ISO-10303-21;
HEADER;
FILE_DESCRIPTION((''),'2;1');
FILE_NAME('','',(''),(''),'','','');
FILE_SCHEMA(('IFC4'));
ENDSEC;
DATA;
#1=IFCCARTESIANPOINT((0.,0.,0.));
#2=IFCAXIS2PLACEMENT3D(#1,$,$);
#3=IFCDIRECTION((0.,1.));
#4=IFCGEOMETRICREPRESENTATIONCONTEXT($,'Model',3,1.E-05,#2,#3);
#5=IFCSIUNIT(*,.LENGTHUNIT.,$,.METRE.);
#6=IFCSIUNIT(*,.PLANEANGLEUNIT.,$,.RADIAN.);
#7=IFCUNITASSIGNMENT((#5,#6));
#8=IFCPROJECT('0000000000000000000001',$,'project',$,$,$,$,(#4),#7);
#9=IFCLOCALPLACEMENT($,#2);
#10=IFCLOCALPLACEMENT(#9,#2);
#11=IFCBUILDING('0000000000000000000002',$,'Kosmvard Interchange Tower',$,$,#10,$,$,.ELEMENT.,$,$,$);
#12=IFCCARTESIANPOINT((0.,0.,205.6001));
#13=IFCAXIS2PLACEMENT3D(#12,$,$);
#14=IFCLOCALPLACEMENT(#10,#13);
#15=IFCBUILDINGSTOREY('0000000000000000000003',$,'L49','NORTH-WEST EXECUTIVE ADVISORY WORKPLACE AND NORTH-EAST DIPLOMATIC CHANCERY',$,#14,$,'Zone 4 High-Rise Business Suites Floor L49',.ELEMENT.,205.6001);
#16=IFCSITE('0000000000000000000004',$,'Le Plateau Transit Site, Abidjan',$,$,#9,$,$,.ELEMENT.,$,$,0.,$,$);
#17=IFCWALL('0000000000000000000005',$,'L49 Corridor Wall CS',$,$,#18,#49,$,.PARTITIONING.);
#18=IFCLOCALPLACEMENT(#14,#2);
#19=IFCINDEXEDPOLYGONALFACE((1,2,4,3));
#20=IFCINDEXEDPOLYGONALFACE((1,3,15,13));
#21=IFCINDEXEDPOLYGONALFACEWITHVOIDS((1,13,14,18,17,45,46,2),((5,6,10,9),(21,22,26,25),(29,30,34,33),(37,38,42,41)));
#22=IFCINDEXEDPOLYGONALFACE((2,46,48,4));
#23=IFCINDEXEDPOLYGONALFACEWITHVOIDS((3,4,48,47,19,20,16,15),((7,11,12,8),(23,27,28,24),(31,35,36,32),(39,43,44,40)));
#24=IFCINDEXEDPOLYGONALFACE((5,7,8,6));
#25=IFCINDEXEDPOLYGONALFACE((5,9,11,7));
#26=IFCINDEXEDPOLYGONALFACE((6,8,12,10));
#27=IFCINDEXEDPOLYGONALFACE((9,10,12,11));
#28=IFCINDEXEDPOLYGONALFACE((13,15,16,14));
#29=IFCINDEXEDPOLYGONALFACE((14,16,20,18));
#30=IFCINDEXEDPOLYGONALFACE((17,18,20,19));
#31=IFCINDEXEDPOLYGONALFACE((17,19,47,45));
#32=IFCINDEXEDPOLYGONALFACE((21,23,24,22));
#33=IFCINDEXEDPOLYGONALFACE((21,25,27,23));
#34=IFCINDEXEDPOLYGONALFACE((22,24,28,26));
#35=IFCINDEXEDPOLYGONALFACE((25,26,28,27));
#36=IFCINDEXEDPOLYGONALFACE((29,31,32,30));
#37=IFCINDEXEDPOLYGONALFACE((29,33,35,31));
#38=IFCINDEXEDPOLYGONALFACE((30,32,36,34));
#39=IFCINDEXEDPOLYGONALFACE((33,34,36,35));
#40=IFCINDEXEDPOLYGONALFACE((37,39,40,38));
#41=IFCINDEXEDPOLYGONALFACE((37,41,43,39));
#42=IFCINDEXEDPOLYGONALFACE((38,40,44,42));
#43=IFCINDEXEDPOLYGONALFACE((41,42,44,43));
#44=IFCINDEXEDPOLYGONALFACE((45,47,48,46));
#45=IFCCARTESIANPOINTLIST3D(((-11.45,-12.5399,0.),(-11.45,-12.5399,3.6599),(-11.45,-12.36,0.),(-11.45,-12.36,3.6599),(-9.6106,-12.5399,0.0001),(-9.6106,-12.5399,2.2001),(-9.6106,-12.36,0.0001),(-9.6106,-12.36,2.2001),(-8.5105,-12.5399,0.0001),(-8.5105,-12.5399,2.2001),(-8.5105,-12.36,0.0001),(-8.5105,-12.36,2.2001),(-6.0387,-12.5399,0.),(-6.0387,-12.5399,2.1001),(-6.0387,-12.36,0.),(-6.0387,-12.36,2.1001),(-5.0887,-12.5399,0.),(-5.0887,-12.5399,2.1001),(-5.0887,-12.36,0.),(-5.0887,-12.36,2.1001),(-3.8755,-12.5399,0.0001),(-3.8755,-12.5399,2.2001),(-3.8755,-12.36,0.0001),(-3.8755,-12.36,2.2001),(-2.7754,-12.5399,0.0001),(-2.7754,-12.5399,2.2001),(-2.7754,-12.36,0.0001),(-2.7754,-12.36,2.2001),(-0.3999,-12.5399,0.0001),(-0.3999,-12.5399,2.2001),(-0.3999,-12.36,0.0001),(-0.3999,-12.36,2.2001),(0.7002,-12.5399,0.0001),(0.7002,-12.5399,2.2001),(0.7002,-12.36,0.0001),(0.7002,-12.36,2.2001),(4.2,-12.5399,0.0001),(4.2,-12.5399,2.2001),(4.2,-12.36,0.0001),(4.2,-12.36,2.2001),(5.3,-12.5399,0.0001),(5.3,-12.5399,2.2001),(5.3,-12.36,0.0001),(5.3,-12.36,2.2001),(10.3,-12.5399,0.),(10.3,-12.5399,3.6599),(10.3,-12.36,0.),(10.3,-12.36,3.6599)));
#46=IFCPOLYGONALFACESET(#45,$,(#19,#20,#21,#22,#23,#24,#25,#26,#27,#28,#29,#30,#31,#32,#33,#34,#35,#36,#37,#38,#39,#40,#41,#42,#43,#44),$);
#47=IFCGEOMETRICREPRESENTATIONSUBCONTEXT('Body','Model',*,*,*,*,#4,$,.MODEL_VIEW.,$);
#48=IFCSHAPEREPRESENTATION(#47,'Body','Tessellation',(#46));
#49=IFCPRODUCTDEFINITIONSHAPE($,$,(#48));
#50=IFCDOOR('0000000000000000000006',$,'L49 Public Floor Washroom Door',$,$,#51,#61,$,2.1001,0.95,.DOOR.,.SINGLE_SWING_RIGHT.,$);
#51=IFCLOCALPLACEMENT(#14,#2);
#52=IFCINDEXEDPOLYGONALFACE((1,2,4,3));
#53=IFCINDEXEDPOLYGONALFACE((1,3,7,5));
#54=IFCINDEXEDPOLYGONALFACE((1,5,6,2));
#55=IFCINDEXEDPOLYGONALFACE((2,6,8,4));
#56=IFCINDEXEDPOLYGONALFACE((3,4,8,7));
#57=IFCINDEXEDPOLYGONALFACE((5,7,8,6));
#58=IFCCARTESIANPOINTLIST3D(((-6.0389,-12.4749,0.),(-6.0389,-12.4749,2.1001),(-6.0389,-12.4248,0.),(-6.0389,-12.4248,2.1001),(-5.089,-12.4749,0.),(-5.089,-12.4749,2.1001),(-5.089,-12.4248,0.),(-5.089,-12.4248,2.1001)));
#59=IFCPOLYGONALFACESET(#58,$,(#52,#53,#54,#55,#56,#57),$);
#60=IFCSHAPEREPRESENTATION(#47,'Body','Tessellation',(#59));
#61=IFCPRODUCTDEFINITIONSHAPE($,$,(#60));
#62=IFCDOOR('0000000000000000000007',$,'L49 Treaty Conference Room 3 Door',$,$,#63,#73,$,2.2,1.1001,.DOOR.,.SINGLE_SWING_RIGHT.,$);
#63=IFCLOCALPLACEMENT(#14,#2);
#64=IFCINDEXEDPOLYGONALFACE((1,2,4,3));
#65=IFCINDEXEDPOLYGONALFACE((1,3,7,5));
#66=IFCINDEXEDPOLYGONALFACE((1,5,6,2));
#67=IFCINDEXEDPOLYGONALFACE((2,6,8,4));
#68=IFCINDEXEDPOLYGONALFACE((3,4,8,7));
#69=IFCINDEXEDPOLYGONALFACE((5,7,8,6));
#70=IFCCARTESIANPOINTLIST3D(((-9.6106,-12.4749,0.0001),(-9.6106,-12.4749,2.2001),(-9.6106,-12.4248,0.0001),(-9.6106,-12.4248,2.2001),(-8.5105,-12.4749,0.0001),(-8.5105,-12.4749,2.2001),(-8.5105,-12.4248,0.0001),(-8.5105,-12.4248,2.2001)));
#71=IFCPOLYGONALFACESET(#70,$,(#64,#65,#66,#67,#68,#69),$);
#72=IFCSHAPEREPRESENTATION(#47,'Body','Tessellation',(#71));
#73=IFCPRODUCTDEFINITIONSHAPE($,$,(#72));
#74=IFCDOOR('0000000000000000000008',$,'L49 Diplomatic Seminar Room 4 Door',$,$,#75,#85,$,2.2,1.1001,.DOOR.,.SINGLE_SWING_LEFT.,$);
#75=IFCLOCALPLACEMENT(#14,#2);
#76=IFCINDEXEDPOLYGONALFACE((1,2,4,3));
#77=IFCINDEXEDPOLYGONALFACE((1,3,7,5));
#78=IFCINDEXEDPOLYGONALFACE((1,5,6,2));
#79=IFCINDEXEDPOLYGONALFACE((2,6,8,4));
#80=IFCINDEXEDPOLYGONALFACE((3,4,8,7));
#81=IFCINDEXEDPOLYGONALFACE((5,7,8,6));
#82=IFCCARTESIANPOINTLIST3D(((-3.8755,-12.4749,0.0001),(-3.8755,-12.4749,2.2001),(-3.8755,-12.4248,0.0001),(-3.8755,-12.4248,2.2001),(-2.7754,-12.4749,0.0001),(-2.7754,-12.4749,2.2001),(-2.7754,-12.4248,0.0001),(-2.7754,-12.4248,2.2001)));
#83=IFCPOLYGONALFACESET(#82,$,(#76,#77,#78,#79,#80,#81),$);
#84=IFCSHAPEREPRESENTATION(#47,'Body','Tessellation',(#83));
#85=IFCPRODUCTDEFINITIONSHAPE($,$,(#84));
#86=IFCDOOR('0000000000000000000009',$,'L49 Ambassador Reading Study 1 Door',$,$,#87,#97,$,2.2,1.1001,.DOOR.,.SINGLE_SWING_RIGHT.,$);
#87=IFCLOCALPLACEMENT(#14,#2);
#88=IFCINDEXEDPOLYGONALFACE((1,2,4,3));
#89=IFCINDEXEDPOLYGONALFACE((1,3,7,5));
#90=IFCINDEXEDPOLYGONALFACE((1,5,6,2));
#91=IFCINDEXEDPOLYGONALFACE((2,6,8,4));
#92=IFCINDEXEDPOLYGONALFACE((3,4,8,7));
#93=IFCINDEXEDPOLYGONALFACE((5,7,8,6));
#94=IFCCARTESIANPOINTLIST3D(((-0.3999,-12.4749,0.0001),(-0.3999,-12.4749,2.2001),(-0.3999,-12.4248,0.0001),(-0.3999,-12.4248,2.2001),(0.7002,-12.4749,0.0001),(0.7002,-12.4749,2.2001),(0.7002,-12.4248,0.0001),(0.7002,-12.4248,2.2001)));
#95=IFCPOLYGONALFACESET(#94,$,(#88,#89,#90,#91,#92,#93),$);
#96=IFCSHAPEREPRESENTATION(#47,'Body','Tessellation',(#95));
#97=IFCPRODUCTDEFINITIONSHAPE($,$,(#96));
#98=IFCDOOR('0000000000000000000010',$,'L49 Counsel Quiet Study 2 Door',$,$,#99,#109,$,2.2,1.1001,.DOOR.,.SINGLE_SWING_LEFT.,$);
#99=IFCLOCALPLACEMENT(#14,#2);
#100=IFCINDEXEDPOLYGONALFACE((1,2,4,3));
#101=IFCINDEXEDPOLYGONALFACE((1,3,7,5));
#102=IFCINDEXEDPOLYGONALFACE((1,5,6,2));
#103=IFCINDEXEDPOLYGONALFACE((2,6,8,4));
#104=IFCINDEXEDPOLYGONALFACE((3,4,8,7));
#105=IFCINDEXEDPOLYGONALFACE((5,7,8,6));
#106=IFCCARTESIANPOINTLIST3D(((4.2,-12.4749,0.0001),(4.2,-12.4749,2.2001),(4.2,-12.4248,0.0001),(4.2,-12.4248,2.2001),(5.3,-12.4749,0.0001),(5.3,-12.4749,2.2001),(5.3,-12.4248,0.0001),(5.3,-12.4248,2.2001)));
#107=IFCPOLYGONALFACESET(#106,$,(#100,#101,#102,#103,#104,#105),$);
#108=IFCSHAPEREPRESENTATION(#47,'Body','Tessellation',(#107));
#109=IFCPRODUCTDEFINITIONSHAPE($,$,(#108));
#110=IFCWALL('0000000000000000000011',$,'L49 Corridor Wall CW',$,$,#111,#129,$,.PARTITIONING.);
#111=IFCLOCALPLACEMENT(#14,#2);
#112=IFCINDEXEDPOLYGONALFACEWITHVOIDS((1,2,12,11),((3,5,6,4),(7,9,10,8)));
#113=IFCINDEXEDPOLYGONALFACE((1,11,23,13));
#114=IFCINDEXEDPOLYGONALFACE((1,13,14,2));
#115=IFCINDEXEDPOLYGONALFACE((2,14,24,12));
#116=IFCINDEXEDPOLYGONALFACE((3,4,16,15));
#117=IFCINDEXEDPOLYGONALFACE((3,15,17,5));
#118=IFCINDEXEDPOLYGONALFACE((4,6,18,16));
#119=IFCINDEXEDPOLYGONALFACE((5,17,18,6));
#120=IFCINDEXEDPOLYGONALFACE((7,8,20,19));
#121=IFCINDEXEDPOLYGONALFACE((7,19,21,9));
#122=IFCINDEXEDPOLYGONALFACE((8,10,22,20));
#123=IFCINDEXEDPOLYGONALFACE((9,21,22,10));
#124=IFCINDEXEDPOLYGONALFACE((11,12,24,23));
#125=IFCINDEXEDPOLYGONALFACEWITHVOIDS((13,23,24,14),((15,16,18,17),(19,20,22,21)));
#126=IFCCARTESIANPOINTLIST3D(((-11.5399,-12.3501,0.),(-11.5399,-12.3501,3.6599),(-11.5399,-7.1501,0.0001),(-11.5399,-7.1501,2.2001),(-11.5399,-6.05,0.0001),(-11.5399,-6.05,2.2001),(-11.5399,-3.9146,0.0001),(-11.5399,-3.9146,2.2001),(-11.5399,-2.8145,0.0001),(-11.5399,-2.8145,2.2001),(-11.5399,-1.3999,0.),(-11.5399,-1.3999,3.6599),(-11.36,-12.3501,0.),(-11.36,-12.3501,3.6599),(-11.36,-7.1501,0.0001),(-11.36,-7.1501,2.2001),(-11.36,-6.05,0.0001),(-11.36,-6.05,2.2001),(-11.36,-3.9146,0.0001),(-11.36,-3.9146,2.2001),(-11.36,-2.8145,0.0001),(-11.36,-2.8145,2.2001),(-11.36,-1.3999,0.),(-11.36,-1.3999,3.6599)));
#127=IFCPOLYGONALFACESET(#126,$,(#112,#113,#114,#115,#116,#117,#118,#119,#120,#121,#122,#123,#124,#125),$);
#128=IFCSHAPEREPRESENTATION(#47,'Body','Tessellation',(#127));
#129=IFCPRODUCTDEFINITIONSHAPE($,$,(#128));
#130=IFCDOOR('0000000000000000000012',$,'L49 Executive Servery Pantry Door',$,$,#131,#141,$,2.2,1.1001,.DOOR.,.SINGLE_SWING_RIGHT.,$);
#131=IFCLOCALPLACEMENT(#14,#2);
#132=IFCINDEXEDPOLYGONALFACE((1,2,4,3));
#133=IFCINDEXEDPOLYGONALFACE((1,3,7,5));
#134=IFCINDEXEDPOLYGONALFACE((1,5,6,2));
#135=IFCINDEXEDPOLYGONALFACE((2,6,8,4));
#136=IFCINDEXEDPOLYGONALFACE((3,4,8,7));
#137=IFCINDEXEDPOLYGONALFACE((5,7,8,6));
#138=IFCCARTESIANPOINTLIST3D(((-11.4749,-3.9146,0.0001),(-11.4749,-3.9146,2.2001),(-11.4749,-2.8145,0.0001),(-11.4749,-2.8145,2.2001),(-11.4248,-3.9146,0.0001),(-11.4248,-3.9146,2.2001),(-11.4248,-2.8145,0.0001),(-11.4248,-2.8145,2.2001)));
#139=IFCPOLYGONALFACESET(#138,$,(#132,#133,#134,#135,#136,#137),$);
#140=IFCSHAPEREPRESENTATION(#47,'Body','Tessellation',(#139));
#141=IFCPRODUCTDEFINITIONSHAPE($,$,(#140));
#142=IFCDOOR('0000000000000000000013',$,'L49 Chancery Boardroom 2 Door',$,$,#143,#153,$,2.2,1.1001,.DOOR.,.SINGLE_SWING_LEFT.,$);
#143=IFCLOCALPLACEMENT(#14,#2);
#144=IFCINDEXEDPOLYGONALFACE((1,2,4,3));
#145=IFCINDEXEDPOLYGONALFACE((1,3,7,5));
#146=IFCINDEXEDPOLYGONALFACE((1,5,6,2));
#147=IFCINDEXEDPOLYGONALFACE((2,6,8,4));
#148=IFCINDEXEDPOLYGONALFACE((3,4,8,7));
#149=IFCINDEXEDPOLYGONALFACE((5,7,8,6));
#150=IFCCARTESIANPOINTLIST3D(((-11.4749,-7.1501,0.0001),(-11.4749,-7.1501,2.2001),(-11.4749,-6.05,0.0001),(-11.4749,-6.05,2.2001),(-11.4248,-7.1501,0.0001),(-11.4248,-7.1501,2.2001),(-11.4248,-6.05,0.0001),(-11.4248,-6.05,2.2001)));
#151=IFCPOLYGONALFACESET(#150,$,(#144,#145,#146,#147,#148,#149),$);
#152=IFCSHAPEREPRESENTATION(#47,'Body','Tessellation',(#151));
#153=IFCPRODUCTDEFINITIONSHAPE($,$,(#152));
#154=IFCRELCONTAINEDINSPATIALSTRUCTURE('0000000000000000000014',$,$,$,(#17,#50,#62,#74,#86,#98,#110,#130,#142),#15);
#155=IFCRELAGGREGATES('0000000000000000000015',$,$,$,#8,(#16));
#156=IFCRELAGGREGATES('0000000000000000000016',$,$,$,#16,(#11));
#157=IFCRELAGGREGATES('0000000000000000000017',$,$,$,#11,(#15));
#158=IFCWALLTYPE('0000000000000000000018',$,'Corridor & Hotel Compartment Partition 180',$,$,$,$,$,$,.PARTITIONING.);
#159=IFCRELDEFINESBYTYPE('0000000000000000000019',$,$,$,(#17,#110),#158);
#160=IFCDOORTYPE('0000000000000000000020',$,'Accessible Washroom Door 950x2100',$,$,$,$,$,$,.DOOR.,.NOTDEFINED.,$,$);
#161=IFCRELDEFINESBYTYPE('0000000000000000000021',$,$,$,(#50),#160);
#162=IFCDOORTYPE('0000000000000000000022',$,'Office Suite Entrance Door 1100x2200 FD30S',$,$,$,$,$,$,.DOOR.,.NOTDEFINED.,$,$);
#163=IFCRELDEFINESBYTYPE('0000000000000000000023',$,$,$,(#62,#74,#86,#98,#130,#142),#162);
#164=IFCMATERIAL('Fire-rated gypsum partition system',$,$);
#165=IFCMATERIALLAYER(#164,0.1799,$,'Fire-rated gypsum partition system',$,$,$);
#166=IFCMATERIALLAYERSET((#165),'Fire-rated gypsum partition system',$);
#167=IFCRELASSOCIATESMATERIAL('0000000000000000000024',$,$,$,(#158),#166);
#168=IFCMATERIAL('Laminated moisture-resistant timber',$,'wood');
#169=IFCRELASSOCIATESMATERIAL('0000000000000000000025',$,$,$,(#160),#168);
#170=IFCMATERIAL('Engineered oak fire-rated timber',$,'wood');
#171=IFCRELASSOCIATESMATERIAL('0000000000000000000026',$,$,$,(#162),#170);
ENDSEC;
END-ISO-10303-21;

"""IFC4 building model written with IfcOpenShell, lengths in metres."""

from ifc_helpers import new_model, si_unit, direction, frame, frame_2d, origin, place, context, subcontext, project, spatial, rectangle, extrude, source, transform, mapped, material, layer, layer_set, type_object, element, fill, save


model = new_model("IFC4")

# Units and contexts
model_context = context("Model", 3, precision=1e-05, world=origin(), true_north=direction((0.0, 1.0)))
body_context = subcontext(model_context, "Body", "Model", "MODEL_VIEW")
ifc_project = project(units=[si_unit("LENGTHUNIT", "METRE"), si_unit("PLANEANGLEUNIT", "RADIAN")], contexts=[model_context])

# Site, building, storey
site_placement = place(None, origin())
site = spatial("IfcSite", under=ifc_project, at=site_placement, Name="Le Plateau Transit Site, Abidjan", CompositionType="ELEMENT", RefElevation=0.0)
building_placement = place(site_placement, origin())
building = spatial("IfcBuilding", under=site, at=building_placement, Name="Kosmvard Interchange Tower", CompositionType="ELEMENT")
storey_placement = place(building_placement, frame((0.0, 0.0, 205.6001)))
storey = spatial("IfcBuildingStorey", under=building, at=storey_placement, Name="L49", Description="NORTH-WEST EXECUTIVE ADVISORY WORKPLACE AND NORTH-EAST DIPLOMATIC CHANCERY", LongName="Zone 4 High-Rise Business Suites Floor L49", CompositionType="ELEMENT", Elevation=205.6001)

# Walls, openings, doors
ifc_material_1 = material(Name="Fire-rated gypsum partition system")
ifc_layer_1 = layer(ifc_material_1, 0.1799, Name="Fire-rated gypsum partition system")
ifc_layer_set_1 = layer_set([ifc_layer_1], Name="Fire-rated gypsum partition system")
wall_type_1 = type_object("IfcWallType", Name="Corridor & Hotel Compartment Partition 180", PredefinedType="PARTITIONING", material=ifc_layer_set_1)
shared_shape_1 = source(origin(), body_context, "Body", "SweptSolid", [
    extrude(rectangle(XDim=1.1001, YDim=2.2, at=frame_2d((0.55, 1.1001))), frame((0.0, 0.0249, 0.0), z_axis=(0.0, -1.0, 0.0), x_axis=(1.0, 0.0, 0.0)), (0.0, 0.0, 1.0), 0.05),
])
wall_1_placement = place(storey_placement, frame((-11.45, -12.45, 0.0), z_axis=(0.0, 0.0, 1.0), x_axis=(1.0, 0.0, 0.0)))
wall_1 = element("IfcWall", 1, at=wall_1_placement, inside=storey, type_object=wall_type_1, Name="L49 Corridor Wall CS", PredefinedType="PARTITIONING", context=body_context, shape_type="SweptSolid", body=[
    extrude(rectangle(XDim=21.75, YDim=0.1799, at=frame_2d((10.875, 0.0))), origin(), (0.0, 0.0, 1.0), 3.6599),
])
opening_1_placement = place(wall_1_placement, frame((5.4111, 0.0, 0.0)))
opening_1 = element("IfcOpeningElement", 2, at=opening_1_placement, cuts=wall_1, PredefinedType="OPENING", context=body_context, shape_type="SweptSolid", body=[
    extrude(rectangle(XDim=0.95, YDim=2.1001, at=frame_2d((0.4751, 1.05))), frame((0.0, 0.1001, 0.0), z_axis=(0.0, -1.0, 0.0), x_axis=(1.0, 0.0, 0.0)), (0.0, 0.0, 1.0), 0.2),
])
opening_2_placement = place(wall_1_placement, frame((1.8394, 0.0, 0.0)))
opening_2 = element("IfcOpeningElement", 3, at=opening_2_placement, cuts=wall_1, PredefinedType="OPENING", context=body_context, shape_type="SweptSolid", body=[
    extrude(rectangle(XDim=1.1001, YDim=2.2, at=frame_2d((0.55, 1.1001))), frame((0.0, 0.1001, 0.0), z_axis=(0.0, -1.0, 0.0), x_axis=(1.0, 0.0, 0.0)), (0.0, 0.0, 1.0), 0.2),
])
opening_3_placement = place(wall_1_placement, frame((7.5745, 0.0, 0.0)))
opening_3 = element("IfcOpeningElement", 4, at=opening_3_placement, cuts=wall_1, PredefinedType="OPENING", context=body_context, shape_type="SweptSolid", body=[
    extrude(rectangle(XDim=1.1001, YDim=2.2, at=frame_2d((0.55, 1.1001))), frame((0.0, 0.1001, 0.0), z_axis=(0.0, -1.0, 0.0), x_axis=(1.0, 0.0, 0.0)), (0.0, 0.0, 1.0), 0.2),
])
opening_4_placement = place(wall_1_placement, frame((11.05, 0.0, 0.0)))
opening_4 = element("IfcOpeningElement", 5, at=opening_4_placement, cuts=wall_1, PredefinedType="OPENING", context=body_context, shape_type="SweptSolid", body=[
    extrude(rectangle(XDim=1.1001, YDim=2.2, at=frame_2d((0.55, 1.1001))), frame((0.0, 0.1001, 0.0), z_axis=(0.0, -1.0, 0.0), x_axis=(1.0, 0.0, 0.0)), (0.0, 0.0, 1.0), 0.2),
])
opening_5_placement = place(wall_1_placement, frame((15.6499, 0.0, 0.0)))
opening_5 = element("IfcOpeningElement", 6, at=opening_5_placement, cuts=wall_1, PredefinedType="OPENING", context=body_context, shape_type="SweptSolid", body=[
    extrude(rectangle(XDim=1.1001, YDim=2.2, at=frame_2d((0.55, 1.1001))), frame((0.0, 0.1001, 0.0), z_axis=(0.0, -1.0, 0.0), x_axis=(1.0, 0.0, 0.0)), (0.0, 0.0, 1.0), 0.2),
])
ifc_material_2 = material(Name="Laminated moisture-resistant timber", Category="wood")
door_type_1 = type_object("IfcDoorType", Name="Accessible Washroom Door 950x2100", OperationType="NOTDEFINED", PredefinedType="DOOR", material=ifc_material_2)
shared_shape_2 = source(origin(), body_context, "Body", "SweptSolid", [
    extrude(rectangle(XDim=0.95, YDim=2.1001, at=frame_2d((0.4751, 1.05))), frame((0.0, 0.0249, 0.0), z_axis=(0.0, -1.0, 0.0), x_axis=(1.0, 0.0, 0.0)), (0.0, 0.0, 1.0), 0.05),
])
door_1_placement = place(opening_1_placement, frame((0.95, 0.0, 0.0), z_axis=(0.0, 0.0, 1.0), x_axis=(-1.0, 0.0, 0.0)))
door_1 = element("IfcDoor", 7, at=door_1_placement, inside=storey, type_object=door_type_1, Name="L49 Public Floor Washroom Door", OperationType="SINGLE_SWING_RIGHT", OverallHeight=2.1001, OverallWidth=0.95, PredefinedType="DOOR", context=body_context, shape_type="MappedRepresentation", body=[
    mapped(shared_shape_2, transform((0.0, 0.0, 0.0), scale=1.0)),
])
fill(opening_1, door_1)
ifc_material_3 = material(Name="Engineered oak fire-rated timber", Category="wood")
door_type_2 = type_object("IfcDoorType", Name="Office Suite Entrance Door 1100x2200 FD30S", OperationType="NOTDEFINED", PredefinedType="DOOR", material=ifc_material_3)
door_2_placement = place(opening_2_placement, frame((1.1001, 0.0, 0.0), z_axis=(0.0, 0.0, 1.0), x_axis=(-1.0, 0.0, 0.0)))
door_2 = element("IfcDoor", 8, at=door_2_placement, inside=storey, type_object=door_type_2, Name="L49 Treaty Conference Room 3 Door", OperationType="SINGLE_SWING_RIGHT", OverallHeight=2.2, OverallWidth=1.1001, PredefinedType="DOOR", context=body_context, shape_type="MappedRepresentation", body=[
    mapped(shared_shape_1, transform((0.0, 0.0, 0.0), scale=1.0)),
])
fill(opening_2, door_2)
door_3_placement = place(opening_3_placement, frame((1.1001, 0.0, 0.0), z_axis=(0.0, 0.0, 1.0), x_axis=(-1.0, 0.0, 0.0)))
door_3 = element("IfcDoor", 9, at=door_3_placement, inside=storey, type_object=door_type_2, Name="L49 Diplomatic Seminar Room 4 Door", OperationType="SINGLE_SWING_LEFT", OverallHeight=2.2, OverallWidth=1.1001, PredefinedType="DOOR", context=body_context, shape_type="MappedRepresentation", body=[
    mapped(shared_shape_1, transform((0.0, 0.0, 0.0), scale=1.0)),
])
fill(opening_3, door_3)
door_4_placement = place(opening_4_placement, frame((1.1001, 0.0, 0.0), z_axis=(0.0, 0.0, 1.0), x_axis=(-1.0, 0.0, 0.0)))
door_4 = element("IfcDoor", 10, at=door_4_placement, inside=storey, type_object=door_type_2, Name="L49 Ambassador Reading Study 1 Door", OperationType="SINGLE_SWING_RIGHT", OverallHeight=2.2, OverallWidth=1.1001, PredefinedType="DOOR", context=body_context, shape_type="MappedRepresentation", body=[
    mapped(shared_shape_1, transform((0.0, 0.0, 0.0), scale=1.0)),
])
fill(opening_4, door_4)
door_5_placement = place(opening_5_placement, frame((1.1001, 0.0, 0.0), z_axis=(0.0, 0.0, 1.0), x_axis=(-1.0, 0.0, 0.0)))
door_5 = element("IfcDoor", 11, at=door_5_placement, inside=storey, type_object=door_type_2, Name="L49 Counsel Quiet Study 2 Door", OperationType="SINGLE_SWING_LEFT", OverallHeight=2.2, OverallWidth=1.1001, PredefinedType="DOOR", context=body_context, shape_type="MappedRepresentation", body=[
    mapped(shared_shape_1, transform((0.0, 0.0, 0.0), scale=1.0)),
])
fill(opening_5, door_5)
wall_2_placement = place(storey_placement, frame((-11.45, -12.3501, 0.0), z_axis=(0.0, 0.0, 1.0), x_axis=(0.0, 1.0, 0.0)))
wall_2 = element("IfcWall", 12, at=wall_2_placement, inside=storey, type_object=wall_type_1, Name="L49 Corridor Wall CW", PredefinedType="PARTITIONING", context=body_context, shape_type="SweptSolid", body=[
    extrude(rectangle(XDim=10.9502, YDim=0.1799, at=frame_2d((5.4751, 0.0))), origin(), (0.0, 0.0, 1.0), 3.6599),
])
opening_6_placement = place(wall_2_placement, frame((8.4355, 0.0, 0.0)))
opening_6 = element("IfcOpeningElement", 13, at=opening_6_placement, cuts=wall_2, PredefinedType="OPENING", context=body_context, shape_type="SweptSolid", body=[
    extrude(rectangle(XDim=1.1001, YDim=2.2, at=frame_2d((0.55, 1.1001))), frame((0.0, 0.1001, 0.0), z_axis=(0.0, -1.0, 0.0), x_axis=(1.0, 0.0, 0.0)), (0.0, 0.0, 1.0), 0.2),
])
opening_7_placement = place(wall_2_placement, frame((5.2, 0.0, 0.0)))
opening_7 = element("IfcOpeningElement", 14, at=opening_7_placement, cuts=wall_2, PredefinedType="OPENING", context=body_context, shape_type="SweptSolid", body=[
    extrude(rectangle(XDim=1.1001, YDim=2.2, at=frame_2d((0.55, 1.1001))), frame((0.0, 0.1001, 0.0), z_axis=(0.0, -1.0, 0.0), x_axis=(1.0, 0.0, 0.0)), (0.0, 0.0, 1.0), 0.2),
])
door_6_placement = place(opening_6_placement, origin())
door_6 = element("IfcDoor", 15, at=door_6_placement, inside=storey, type_object=door_type_2, Name="L49 Executive Servery Pantry Door", OperationType="SINGLE_SWING_RIGHT", OverallHeight=2.2, OverallWidth=1.1001, PredefinedType="DOOR", context=body_context, shape_type="MappedRepresentation", body=[
    mapped(shared_shape_1, transform((0.0, 0.0, 0.0), scale=1.0)),
])
fill(opening_6, door_6)
door_7_placement = place(opening_7_placement, origin())
door_7 = element("IfcDoor", 16, at=door_7_placement, inside=storey, type_object=door_type_2, Name="L49 Chancery Boardroom 2 Door", OperationType="SINGLE_SWING_LEFT", OverallHeight=2.2, OverallWidth=1.1001, PredefinedType="DOOR", context=body_context, shape_type="MappedRepresentation", body=[
    mapped(shared_shape_1, transform((0.0, 0.0, 0.0), scale=1.0)),
])
fill(opening_7, door_7)

save(model, "model.ifc")
